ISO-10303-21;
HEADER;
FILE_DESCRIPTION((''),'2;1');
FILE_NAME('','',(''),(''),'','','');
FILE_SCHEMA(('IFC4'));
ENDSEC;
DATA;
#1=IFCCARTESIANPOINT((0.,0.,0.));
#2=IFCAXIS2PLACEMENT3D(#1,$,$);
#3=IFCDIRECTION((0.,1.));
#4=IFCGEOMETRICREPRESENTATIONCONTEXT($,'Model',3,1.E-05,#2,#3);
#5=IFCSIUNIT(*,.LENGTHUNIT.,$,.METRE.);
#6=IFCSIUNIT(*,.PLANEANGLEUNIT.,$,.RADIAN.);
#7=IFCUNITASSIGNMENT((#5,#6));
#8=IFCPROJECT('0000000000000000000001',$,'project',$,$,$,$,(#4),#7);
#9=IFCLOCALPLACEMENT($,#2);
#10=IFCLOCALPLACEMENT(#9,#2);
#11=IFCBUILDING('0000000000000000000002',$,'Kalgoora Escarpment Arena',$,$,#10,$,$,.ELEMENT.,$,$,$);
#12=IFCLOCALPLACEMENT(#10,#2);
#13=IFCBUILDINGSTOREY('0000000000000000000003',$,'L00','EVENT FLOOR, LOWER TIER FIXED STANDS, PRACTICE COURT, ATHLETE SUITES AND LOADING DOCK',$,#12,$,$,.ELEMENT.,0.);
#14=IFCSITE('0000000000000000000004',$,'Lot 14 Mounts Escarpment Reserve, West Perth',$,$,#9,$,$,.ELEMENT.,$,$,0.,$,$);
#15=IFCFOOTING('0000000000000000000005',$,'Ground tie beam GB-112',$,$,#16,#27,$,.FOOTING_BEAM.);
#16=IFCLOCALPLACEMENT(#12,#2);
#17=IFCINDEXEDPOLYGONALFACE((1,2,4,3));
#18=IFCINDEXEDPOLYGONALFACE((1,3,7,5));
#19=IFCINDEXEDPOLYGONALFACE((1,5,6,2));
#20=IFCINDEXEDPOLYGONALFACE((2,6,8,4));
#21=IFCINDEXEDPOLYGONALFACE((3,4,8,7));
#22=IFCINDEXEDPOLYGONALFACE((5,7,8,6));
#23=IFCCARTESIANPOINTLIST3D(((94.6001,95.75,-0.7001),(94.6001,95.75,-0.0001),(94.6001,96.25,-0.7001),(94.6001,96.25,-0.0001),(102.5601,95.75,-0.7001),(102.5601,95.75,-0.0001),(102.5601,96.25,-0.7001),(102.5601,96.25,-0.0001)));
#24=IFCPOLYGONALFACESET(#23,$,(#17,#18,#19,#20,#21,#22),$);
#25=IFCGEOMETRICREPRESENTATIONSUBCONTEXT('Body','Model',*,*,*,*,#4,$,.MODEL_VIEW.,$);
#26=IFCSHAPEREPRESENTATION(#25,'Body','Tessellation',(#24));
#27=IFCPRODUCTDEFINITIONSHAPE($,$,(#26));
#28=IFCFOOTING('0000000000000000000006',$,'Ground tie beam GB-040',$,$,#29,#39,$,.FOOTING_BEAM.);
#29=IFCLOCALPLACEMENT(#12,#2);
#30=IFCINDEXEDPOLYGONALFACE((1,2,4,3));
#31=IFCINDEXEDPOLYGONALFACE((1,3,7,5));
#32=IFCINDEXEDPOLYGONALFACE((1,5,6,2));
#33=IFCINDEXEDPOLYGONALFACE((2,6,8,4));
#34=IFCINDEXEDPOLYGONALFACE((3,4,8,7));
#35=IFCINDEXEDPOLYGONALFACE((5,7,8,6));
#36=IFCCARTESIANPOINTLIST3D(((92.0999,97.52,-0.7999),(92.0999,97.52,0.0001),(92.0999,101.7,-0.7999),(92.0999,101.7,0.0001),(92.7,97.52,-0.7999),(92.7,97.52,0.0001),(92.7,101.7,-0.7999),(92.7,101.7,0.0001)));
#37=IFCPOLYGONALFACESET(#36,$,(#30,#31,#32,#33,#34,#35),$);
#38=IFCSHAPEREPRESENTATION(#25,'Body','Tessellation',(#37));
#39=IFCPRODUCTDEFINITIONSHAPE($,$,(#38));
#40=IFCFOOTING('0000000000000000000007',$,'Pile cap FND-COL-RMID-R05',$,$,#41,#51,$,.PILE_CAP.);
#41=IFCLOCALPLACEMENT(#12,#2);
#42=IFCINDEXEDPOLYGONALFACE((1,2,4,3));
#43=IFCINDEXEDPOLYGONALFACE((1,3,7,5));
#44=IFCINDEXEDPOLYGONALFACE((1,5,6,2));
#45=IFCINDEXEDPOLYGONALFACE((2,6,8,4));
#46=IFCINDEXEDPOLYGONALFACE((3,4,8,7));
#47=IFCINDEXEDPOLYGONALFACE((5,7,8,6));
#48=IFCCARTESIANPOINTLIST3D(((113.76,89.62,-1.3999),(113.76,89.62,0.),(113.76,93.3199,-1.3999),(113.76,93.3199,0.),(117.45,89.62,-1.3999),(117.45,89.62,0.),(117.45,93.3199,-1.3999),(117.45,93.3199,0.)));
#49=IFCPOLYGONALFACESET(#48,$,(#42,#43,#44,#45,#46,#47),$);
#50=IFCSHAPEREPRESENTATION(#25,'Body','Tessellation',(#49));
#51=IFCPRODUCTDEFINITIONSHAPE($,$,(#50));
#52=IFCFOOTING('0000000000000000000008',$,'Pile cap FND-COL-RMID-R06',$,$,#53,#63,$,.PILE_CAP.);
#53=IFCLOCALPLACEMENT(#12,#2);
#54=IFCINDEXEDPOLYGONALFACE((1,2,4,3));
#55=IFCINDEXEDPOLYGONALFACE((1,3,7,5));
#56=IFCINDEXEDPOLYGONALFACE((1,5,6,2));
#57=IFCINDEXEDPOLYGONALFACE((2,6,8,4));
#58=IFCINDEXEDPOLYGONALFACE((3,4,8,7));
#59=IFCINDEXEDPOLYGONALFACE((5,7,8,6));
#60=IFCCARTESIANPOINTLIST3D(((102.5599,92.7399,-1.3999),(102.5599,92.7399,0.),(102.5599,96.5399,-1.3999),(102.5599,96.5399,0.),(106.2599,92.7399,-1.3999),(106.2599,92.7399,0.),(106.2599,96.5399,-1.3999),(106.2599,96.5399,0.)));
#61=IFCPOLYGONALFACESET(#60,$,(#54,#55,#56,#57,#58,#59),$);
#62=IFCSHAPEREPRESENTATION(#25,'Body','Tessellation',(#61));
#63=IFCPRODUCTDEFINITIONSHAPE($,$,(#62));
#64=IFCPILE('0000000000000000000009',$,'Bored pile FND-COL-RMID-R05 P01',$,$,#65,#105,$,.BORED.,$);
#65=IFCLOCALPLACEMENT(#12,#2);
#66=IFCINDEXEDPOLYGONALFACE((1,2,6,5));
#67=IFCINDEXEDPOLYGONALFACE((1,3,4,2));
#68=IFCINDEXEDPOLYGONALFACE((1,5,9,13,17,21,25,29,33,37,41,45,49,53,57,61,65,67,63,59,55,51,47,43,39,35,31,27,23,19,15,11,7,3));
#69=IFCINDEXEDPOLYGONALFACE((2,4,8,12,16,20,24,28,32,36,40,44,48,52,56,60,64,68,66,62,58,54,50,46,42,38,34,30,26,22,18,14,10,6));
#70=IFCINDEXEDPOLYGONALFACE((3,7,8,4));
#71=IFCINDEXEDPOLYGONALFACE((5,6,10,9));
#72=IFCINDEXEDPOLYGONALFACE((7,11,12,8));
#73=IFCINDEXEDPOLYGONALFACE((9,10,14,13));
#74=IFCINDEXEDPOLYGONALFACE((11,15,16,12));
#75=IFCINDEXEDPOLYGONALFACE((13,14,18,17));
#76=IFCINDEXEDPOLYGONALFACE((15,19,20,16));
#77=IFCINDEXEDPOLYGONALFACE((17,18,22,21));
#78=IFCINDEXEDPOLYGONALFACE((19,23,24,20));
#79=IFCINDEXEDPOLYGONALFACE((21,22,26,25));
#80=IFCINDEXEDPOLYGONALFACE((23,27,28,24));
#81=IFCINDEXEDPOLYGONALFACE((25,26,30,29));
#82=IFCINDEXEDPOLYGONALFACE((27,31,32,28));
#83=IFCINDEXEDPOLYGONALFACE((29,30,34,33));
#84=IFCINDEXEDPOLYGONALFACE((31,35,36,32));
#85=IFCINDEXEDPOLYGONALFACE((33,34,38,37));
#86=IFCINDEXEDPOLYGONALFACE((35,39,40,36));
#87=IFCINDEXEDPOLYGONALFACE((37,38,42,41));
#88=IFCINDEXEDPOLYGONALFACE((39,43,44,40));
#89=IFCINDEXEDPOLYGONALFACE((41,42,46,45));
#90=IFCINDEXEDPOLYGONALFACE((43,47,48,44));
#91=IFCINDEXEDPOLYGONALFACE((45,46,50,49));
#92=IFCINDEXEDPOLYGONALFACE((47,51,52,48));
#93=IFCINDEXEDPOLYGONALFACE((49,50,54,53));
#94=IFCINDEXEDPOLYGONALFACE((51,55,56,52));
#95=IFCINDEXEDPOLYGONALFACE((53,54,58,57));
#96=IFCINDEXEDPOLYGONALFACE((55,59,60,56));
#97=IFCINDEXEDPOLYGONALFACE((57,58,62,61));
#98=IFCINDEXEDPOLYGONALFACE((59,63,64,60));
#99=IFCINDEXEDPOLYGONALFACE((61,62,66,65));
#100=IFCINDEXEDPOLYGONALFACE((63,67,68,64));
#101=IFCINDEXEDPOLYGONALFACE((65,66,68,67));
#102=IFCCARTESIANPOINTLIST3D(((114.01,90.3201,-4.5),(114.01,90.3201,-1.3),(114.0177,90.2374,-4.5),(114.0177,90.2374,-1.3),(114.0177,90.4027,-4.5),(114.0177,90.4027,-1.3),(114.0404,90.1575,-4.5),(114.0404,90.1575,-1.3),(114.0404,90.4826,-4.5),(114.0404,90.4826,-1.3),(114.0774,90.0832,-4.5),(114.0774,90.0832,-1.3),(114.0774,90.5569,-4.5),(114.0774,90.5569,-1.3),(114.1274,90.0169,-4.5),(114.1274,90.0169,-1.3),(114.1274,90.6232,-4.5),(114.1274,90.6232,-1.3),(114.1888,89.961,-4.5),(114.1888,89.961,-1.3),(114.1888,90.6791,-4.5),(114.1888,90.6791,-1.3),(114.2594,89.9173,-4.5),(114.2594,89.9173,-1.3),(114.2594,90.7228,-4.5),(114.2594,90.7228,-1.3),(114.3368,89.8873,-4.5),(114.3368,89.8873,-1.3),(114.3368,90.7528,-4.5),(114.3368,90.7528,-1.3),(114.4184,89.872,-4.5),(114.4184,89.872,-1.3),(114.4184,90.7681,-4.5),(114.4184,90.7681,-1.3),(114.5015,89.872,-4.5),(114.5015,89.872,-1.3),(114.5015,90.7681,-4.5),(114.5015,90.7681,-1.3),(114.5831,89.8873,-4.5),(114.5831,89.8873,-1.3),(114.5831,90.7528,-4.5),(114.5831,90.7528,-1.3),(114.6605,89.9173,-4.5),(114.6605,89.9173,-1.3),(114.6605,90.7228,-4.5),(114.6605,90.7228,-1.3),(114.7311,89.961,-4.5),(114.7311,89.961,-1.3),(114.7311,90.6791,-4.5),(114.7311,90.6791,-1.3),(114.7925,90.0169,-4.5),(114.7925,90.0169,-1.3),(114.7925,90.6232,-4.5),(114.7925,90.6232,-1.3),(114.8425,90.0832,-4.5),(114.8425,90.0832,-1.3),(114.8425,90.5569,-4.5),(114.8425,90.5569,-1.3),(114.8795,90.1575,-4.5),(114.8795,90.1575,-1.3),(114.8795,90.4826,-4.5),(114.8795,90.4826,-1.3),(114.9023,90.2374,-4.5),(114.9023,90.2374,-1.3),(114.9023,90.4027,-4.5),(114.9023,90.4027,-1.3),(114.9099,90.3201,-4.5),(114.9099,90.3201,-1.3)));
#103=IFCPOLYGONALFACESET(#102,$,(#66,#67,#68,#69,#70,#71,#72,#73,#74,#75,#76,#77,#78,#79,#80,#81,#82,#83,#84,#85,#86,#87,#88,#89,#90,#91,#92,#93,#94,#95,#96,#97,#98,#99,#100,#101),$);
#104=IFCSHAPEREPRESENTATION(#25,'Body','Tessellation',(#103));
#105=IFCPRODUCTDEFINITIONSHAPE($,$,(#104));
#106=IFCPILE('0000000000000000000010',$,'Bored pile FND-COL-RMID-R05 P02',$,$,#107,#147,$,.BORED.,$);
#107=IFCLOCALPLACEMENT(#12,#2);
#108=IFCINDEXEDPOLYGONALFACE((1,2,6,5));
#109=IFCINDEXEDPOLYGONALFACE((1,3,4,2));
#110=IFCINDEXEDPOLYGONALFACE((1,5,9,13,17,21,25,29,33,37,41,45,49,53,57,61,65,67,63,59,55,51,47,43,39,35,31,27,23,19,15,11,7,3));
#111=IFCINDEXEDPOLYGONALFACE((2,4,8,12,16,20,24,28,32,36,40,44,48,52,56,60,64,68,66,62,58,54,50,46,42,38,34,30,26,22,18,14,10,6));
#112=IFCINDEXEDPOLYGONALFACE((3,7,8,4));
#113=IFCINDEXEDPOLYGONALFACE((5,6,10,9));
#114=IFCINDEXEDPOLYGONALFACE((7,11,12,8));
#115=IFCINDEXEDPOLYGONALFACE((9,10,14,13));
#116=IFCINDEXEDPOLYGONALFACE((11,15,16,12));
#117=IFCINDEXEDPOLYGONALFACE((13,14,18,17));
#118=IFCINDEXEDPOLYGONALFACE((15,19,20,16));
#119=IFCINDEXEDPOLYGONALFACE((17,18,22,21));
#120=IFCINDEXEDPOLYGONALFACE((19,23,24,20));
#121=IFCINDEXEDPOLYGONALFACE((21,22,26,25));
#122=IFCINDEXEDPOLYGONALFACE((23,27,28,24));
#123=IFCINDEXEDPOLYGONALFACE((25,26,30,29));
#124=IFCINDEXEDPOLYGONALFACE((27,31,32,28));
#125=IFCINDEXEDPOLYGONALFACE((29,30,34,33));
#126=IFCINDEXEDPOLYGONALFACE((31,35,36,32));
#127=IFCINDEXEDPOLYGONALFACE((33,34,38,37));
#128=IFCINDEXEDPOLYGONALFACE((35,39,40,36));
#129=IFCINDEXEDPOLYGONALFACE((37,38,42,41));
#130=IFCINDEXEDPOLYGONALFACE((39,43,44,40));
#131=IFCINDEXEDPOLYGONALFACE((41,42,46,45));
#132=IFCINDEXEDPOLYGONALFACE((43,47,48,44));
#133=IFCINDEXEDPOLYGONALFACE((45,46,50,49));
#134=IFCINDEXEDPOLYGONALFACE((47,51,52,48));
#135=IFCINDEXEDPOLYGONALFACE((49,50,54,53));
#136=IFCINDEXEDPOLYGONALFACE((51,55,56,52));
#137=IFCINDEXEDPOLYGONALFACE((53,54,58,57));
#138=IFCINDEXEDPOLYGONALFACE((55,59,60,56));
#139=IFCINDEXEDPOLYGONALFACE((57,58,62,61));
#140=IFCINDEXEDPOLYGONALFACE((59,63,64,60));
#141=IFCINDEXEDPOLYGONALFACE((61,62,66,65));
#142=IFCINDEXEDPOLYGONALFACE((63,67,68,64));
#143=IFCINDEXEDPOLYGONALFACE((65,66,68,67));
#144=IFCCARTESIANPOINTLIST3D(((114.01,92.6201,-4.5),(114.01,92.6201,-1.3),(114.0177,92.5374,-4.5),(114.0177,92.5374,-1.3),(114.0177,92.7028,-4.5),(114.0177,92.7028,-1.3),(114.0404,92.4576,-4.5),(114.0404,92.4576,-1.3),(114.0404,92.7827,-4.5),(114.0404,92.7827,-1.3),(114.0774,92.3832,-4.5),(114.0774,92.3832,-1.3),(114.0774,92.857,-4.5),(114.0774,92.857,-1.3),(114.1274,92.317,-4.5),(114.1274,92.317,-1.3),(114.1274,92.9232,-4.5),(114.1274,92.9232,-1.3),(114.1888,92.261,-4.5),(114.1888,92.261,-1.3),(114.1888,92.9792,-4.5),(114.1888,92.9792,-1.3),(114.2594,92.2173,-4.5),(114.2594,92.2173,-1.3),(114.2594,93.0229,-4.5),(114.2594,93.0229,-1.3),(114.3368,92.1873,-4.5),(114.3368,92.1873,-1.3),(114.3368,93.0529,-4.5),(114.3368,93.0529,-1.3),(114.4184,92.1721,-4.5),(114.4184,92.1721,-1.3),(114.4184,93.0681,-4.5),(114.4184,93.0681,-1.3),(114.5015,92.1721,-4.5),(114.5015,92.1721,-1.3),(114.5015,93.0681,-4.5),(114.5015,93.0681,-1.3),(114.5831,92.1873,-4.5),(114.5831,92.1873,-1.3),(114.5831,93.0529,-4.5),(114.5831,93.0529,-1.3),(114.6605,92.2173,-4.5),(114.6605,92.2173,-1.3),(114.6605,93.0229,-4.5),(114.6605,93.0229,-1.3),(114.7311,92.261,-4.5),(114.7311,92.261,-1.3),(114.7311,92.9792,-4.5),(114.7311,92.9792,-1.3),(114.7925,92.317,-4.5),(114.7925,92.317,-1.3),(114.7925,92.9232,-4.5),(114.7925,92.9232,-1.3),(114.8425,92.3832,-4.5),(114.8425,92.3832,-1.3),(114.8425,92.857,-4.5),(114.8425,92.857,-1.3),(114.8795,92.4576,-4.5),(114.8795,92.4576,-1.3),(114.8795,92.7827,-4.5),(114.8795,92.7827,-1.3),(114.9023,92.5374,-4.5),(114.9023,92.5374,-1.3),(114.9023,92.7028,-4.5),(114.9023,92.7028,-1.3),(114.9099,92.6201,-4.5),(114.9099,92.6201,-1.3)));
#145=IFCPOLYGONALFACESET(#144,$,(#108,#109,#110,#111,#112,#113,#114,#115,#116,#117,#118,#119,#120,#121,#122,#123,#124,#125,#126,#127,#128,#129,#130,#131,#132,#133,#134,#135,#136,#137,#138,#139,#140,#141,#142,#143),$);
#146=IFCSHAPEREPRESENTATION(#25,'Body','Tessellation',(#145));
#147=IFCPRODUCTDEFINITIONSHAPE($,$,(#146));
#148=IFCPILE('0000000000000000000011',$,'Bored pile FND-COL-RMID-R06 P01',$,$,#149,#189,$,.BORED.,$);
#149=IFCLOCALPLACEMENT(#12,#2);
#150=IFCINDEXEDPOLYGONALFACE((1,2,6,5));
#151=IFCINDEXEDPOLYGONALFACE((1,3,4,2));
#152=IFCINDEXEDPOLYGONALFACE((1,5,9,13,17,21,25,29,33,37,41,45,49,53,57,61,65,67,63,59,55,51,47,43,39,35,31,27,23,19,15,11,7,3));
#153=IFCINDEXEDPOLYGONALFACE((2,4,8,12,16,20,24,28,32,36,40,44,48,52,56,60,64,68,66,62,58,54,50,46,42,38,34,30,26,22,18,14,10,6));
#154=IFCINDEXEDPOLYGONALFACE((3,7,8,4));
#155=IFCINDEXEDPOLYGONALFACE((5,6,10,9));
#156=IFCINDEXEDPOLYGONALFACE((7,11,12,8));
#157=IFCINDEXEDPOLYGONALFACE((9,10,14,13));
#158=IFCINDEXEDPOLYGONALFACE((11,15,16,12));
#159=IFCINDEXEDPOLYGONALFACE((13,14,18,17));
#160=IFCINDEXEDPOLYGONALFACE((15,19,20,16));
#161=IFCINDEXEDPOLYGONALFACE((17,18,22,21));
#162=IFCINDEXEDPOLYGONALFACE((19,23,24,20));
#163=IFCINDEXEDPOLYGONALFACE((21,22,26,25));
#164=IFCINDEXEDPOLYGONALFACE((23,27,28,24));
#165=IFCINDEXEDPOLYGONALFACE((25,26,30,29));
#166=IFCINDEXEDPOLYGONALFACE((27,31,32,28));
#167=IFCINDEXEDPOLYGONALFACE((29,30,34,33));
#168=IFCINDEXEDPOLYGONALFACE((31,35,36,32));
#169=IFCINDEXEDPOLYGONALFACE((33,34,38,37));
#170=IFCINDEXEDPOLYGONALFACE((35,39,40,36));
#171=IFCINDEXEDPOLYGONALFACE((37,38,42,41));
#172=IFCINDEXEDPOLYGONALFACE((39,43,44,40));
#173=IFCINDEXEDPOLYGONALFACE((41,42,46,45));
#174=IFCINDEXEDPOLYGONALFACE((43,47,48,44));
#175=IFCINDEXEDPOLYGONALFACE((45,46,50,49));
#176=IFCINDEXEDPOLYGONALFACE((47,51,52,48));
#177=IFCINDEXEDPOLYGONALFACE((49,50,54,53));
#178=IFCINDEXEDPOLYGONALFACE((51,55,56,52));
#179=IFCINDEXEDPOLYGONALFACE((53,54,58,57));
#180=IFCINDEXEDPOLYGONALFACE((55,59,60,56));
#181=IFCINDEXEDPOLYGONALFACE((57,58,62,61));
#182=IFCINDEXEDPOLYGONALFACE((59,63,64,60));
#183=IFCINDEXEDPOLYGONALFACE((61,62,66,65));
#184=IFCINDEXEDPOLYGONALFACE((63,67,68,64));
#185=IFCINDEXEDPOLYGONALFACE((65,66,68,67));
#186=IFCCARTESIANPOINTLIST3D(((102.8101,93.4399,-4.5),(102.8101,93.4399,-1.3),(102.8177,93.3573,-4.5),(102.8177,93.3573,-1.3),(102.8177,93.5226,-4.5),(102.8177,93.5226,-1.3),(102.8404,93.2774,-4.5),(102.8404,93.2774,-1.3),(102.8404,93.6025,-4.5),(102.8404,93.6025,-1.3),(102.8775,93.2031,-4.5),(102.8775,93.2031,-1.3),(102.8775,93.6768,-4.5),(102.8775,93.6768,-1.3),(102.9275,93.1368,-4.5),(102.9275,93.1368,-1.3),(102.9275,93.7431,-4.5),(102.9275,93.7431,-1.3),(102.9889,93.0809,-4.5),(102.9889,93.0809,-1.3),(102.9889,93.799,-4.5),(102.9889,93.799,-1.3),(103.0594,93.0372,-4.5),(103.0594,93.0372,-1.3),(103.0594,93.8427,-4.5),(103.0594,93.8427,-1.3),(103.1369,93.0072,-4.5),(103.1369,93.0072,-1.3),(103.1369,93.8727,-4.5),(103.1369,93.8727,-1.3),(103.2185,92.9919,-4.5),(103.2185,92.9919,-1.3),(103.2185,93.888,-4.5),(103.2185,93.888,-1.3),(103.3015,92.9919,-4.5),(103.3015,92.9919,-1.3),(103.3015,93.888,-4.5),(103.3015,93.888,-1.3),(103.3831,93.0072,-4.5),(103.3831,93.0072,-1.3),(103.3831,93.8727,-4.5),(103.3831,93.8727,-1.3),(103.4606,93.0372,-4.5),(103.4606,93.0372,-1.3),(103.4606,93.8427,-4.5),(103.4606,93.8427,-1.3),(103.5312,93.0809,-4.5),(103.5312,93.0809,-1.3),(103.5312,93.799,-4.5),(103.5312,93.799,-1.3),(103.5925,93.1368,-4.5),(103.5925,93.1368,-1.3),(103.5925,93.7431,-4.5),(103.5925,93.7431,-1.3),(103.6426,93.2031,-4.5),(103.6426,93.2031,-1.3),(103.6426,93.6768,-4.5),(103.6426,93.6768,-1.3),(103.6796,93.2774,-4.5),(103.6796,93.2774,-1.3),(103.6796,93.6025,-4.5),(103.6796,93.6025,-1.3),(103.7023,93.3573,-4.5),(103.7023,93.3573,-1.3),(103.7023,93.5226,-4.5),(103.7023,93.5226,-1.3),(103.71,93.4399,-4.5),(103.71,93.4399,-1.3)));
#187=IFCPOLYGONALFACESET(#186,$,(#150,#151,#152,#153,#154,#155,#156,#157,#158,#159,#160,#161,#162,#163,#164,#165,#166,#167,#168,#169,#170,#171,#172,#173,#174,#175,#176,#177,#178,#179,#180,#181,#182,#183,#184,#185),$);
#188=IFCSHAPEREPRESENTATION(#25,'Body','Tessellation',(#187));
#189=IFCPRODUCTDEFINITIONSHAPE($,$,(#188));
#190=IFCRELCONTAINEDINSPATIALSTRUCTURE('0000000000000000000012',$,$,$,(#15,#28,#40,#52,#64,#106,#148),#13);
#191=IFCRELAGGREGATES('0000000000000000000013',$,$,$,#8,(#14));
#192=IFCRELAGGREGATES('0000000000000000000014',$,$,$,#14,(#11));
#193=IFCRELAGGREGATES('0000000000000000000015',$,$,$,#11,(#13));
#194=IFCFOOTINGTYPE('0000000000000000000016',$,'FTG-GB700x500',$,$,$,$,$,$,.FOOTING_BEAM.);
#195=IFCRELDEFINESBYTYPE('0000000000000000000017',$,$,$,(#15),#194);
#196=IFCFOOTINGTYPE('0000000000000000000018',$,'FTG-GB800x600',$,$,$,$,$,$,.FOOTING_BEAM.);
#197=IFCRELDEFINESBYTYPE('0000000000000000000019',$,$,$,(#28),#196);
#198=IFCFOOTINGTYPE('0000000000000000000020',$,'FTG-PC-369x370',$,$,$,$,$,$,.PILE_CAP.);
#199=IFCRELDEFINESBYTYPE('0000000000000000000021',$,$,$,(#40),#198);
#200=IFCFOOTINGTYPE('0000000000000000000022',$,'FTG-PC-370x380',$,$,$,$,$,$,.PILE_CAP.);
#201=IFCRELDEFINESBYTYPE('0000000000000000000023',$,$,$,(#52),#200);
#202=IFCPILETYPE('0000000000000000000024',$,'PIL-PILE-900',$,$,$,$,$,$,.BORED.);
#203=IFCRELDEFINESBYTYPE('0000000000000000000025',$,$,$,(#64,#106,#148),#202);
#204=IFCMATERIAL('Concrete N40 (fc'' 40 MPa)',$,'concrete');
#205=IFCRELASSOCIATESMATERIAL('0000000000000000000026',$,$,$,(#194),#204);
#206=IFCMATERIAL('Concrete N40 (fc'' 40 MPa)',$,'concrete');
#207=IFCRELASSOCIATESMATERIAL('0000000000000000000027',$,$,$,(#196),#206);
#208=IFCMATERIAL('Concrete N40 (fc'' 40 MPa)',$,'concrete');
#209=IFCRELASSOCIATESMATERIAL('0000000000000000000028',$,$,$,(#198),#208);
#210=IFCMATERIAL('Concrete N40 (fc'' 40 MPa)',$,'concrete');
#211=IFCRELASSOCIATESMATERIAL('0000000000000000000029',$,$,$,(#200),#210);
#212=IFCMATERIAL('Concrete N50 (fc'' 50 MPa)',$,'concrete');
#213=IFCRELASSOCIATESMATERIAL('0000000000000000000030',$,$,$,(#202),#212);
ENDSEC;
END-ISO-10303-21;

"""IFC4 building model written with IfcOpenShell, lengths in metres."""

from ifc_helpers import new_model, si_unit, direction, frame, origin, origin_2d, place, context, subcontext, project, spatial, rectangle, circle, extrude, material, material_profile, profile_set, type_object, element, save


model = new_model("IFC4")

# Units and contexts
model_context = context("Model", 3, precision=1e-05, world=origin(), true_north=direction((0.0, 1.0)))
body_context = subcontext(model_context, "Body", "Model", "MODEL_VIEW")
ifc_project = project(units=[si_unit("LENGTHUNIT", "METRE"), si_unit("PLANEANGLEUNIT", "RADIAN")], contexts=[model_context])

# Site, building, storey
site_placement = place(None, origin())
site = spatial("IfcSite", under=ifc_project, at=site_placement, Name="Lot 14 Mounts Escarpment Reserve, West Perth", CompositionType="ELEMENT", RefElevation=0.0)
building_placement = place(site_placement, origin())
building = spatial("IfcBuilding", under=site, at=building_placement, Name="Kalgoora Escarpment Arena", CompositionType="ELEMENT")
storey_placement = place(building_placement, origin())
storey = spatial("IfcBuildingStorey", under=building, at=storey_placement, Name="L00", Description="EVENT FLOOR, LOWER TIER FIXED STANDS, PRACTICE COURT, ATHLETE SUITES AND LOADING DOCK", CompositionType="ELEMENT", Elevation=0.0)

# Footings
ifc_material_1 = material(Name="Concrete N40 (fc' 40 MPa)", Category="concrete")
ifc_material_profile_1 = material_profile(ifc_material_1, rectangle(XDim=0.5, YDim=0.7, at=origin_2d()))
ifc_profile_set_1 = profile_set([ifc_material_profile_1], Name="Concrete N40 (fc' 40 MPa)")
footing_type_1 = type_object("IfcFootingType", Name="FTG-GB700x500", PredefinedType="FOOTING_BEAM", material=ifc_profile_set_1)
footing_1_placement = place(storey_placement, frame((94.6001, 96.0, -0.3501), z_axis=(1.0, 0.0, 0.0), x_axis=(0.0, 1.0, 0.0)))
element("IfcFooting", 1, at=footing_1_placement, inside=storey, type_object=footing_type_1, Name="Ground tie beam GB-112", PredefinedType="FOOTING_BEAM", context=body_context, shape_type="SweptSolid", body=[
    extrude(rectangle(XDim=0.5, YDim=0.7, at=origin_2d()), origin(), (0.0, 0.0, 1.0), 7.96),
])
ifc_material_2 = material(Name="Concrete N40 (fc' 40 MPa)", Category="concrete")
ifc_material_profile_2 = material_profile(ifc_material_2, rectangle(XDim=0.6001, YDim=0.8, at=origin_2d()))
ifc_profile_set_2 = profile_set([ifc_material_profile_2], Name="Concrete N40 (fc' 40 MPa)")
footing_type_2 = type_object("IfcFootingType", Name="FTG-GB800x600", PredefinedType="FOOTING_BEAM", material=ifc_profile_set_2)
footing_2_placement = place(storey_placement, frame((92.3999, 97.52, -0.3999), z_axis=(0.0, 1.0, 0.0), x_axis=(-1.0, 0.0, 0.0)))
element("IfcFooting", 2, at=footing_2_placement, inside=storey, type_object=footing_type_2, Name="Ground tie beam GB-040", PredefinedType="FOOTING_BEAM", context=body_context, shape_type="SweptSolid", body=[
    extrude(rectangle(XDim=0.6001, YDim=0.8, at=origin_2d()), origin(), (0.0, 0.0, 1.0), 4.1799),
])
ifc_material_3 = material(Name="Concrete N40 (fc' 40 MPa)", Category="concrete")
footing_type_3 = type_object("IfcFootingType", Name="FTG-PC-369x370", PredefinedType="PILE_CAP", material=ifc_material_3)
footing_3_placement = place(storey_placement, frame((115.605, 91.47, -1.3999), z_axis=(0.0, 0.0, 1.0), x_axis=(1.0, 0.0, 0.0)))
element("IfcFooting", 3, at=footing_3_placement, inside=storey, type_object=footing_type_3, Name="Pile cap FND-COL-RMID-R05", PredefinedType="PILE_CAP", context=body_context, shape_type="SweptSolid", body=[
    extrude(rectangle(XDim=3.6899, YDim=3.7, at=origin_2d()), origin(), (0.0, 0.0, 1.0), 1.3999),
])
ifc_material_4 = material(Name="Concrete N40 (fc' 40 MPa)", Category="concrete")
footing_type_4 = type_object("IfcFootingType", Name="FTG-PC-370x380", PredefinedType="PILE_CAP", material=ifc_material_4)
footing_4_placement = place(storey_placement, frame((104.4099, 94.6399, -1.3999), z_axis=(0.0, 0.0, 1.0), x_axis=(1.0, 0.0, 0.0)))
element("IfcFooting", 4, at=footing_4_placement, inside=storey, type_object=footing_type_4, Name="Pile cap FND-COL-RMID-R06", PredefinedType="PILE_CAP", context=body_context, shape_type="SweptSolid", body=[
    extrude(rectangle(XDim=3.7, YDim=3.8, at=origin_2d()), origin(), (0.0, 0.0, 1.0), 1.3999),
])

# Piles
ifc_material_5 = material(Name="Concrete N50 (fc' 50 MPa)", Category="concrete")
ifc_material_profile_3 = material_profile(ifc_material_5, circle(Radius=0.45, at=origin_2d()))
ifc_profile_set_3 = profile_set([ifc_material_profile_3], Name="Concrete N50 (fc' 50 MPa)")
pile_type = type_object("IfcPileType", Name="PIL-PILE-900", PredefinedType="BORED", material=ifc_profile_set_3)
for number, where, z_axis, x_axis, name in (
    (5, (114.46, 90.3201, -1.3), (0.0, 0.0, -1.0), (1.0, 0.0, 0.0), "Bored pile FND-COL-RMID-R05 P01"),
    (6, (114.46, 92.6201, -1.3), (0.0, 0.0, -1.0), (1.0, 0.0, 0.0), "Bored pile FND-COL-RMID-R05 P02"),
    (7, (103.26, 93.4399, -1.3), (0.0, 0.0, -1.0), (1.0, 0.0, 0.0), "Bored pile FND-COL-RMID-R06 P01"),
):
    element("IfcPile", number, at=place(storey_placement, frame(where, z_axis=z_axis, x_axis=x_axis)), inside=storey, type_object=pile_type, Name=name, PredefinedType="BORED", context=body_context, shape_type="SweptSolid", body=[
        extrude(circle(Radius=0.45, at=origin_2d()), origin(), (0.0, 0.0, 1.0), 3.2),
    ])

save(model, "model.ifc")
